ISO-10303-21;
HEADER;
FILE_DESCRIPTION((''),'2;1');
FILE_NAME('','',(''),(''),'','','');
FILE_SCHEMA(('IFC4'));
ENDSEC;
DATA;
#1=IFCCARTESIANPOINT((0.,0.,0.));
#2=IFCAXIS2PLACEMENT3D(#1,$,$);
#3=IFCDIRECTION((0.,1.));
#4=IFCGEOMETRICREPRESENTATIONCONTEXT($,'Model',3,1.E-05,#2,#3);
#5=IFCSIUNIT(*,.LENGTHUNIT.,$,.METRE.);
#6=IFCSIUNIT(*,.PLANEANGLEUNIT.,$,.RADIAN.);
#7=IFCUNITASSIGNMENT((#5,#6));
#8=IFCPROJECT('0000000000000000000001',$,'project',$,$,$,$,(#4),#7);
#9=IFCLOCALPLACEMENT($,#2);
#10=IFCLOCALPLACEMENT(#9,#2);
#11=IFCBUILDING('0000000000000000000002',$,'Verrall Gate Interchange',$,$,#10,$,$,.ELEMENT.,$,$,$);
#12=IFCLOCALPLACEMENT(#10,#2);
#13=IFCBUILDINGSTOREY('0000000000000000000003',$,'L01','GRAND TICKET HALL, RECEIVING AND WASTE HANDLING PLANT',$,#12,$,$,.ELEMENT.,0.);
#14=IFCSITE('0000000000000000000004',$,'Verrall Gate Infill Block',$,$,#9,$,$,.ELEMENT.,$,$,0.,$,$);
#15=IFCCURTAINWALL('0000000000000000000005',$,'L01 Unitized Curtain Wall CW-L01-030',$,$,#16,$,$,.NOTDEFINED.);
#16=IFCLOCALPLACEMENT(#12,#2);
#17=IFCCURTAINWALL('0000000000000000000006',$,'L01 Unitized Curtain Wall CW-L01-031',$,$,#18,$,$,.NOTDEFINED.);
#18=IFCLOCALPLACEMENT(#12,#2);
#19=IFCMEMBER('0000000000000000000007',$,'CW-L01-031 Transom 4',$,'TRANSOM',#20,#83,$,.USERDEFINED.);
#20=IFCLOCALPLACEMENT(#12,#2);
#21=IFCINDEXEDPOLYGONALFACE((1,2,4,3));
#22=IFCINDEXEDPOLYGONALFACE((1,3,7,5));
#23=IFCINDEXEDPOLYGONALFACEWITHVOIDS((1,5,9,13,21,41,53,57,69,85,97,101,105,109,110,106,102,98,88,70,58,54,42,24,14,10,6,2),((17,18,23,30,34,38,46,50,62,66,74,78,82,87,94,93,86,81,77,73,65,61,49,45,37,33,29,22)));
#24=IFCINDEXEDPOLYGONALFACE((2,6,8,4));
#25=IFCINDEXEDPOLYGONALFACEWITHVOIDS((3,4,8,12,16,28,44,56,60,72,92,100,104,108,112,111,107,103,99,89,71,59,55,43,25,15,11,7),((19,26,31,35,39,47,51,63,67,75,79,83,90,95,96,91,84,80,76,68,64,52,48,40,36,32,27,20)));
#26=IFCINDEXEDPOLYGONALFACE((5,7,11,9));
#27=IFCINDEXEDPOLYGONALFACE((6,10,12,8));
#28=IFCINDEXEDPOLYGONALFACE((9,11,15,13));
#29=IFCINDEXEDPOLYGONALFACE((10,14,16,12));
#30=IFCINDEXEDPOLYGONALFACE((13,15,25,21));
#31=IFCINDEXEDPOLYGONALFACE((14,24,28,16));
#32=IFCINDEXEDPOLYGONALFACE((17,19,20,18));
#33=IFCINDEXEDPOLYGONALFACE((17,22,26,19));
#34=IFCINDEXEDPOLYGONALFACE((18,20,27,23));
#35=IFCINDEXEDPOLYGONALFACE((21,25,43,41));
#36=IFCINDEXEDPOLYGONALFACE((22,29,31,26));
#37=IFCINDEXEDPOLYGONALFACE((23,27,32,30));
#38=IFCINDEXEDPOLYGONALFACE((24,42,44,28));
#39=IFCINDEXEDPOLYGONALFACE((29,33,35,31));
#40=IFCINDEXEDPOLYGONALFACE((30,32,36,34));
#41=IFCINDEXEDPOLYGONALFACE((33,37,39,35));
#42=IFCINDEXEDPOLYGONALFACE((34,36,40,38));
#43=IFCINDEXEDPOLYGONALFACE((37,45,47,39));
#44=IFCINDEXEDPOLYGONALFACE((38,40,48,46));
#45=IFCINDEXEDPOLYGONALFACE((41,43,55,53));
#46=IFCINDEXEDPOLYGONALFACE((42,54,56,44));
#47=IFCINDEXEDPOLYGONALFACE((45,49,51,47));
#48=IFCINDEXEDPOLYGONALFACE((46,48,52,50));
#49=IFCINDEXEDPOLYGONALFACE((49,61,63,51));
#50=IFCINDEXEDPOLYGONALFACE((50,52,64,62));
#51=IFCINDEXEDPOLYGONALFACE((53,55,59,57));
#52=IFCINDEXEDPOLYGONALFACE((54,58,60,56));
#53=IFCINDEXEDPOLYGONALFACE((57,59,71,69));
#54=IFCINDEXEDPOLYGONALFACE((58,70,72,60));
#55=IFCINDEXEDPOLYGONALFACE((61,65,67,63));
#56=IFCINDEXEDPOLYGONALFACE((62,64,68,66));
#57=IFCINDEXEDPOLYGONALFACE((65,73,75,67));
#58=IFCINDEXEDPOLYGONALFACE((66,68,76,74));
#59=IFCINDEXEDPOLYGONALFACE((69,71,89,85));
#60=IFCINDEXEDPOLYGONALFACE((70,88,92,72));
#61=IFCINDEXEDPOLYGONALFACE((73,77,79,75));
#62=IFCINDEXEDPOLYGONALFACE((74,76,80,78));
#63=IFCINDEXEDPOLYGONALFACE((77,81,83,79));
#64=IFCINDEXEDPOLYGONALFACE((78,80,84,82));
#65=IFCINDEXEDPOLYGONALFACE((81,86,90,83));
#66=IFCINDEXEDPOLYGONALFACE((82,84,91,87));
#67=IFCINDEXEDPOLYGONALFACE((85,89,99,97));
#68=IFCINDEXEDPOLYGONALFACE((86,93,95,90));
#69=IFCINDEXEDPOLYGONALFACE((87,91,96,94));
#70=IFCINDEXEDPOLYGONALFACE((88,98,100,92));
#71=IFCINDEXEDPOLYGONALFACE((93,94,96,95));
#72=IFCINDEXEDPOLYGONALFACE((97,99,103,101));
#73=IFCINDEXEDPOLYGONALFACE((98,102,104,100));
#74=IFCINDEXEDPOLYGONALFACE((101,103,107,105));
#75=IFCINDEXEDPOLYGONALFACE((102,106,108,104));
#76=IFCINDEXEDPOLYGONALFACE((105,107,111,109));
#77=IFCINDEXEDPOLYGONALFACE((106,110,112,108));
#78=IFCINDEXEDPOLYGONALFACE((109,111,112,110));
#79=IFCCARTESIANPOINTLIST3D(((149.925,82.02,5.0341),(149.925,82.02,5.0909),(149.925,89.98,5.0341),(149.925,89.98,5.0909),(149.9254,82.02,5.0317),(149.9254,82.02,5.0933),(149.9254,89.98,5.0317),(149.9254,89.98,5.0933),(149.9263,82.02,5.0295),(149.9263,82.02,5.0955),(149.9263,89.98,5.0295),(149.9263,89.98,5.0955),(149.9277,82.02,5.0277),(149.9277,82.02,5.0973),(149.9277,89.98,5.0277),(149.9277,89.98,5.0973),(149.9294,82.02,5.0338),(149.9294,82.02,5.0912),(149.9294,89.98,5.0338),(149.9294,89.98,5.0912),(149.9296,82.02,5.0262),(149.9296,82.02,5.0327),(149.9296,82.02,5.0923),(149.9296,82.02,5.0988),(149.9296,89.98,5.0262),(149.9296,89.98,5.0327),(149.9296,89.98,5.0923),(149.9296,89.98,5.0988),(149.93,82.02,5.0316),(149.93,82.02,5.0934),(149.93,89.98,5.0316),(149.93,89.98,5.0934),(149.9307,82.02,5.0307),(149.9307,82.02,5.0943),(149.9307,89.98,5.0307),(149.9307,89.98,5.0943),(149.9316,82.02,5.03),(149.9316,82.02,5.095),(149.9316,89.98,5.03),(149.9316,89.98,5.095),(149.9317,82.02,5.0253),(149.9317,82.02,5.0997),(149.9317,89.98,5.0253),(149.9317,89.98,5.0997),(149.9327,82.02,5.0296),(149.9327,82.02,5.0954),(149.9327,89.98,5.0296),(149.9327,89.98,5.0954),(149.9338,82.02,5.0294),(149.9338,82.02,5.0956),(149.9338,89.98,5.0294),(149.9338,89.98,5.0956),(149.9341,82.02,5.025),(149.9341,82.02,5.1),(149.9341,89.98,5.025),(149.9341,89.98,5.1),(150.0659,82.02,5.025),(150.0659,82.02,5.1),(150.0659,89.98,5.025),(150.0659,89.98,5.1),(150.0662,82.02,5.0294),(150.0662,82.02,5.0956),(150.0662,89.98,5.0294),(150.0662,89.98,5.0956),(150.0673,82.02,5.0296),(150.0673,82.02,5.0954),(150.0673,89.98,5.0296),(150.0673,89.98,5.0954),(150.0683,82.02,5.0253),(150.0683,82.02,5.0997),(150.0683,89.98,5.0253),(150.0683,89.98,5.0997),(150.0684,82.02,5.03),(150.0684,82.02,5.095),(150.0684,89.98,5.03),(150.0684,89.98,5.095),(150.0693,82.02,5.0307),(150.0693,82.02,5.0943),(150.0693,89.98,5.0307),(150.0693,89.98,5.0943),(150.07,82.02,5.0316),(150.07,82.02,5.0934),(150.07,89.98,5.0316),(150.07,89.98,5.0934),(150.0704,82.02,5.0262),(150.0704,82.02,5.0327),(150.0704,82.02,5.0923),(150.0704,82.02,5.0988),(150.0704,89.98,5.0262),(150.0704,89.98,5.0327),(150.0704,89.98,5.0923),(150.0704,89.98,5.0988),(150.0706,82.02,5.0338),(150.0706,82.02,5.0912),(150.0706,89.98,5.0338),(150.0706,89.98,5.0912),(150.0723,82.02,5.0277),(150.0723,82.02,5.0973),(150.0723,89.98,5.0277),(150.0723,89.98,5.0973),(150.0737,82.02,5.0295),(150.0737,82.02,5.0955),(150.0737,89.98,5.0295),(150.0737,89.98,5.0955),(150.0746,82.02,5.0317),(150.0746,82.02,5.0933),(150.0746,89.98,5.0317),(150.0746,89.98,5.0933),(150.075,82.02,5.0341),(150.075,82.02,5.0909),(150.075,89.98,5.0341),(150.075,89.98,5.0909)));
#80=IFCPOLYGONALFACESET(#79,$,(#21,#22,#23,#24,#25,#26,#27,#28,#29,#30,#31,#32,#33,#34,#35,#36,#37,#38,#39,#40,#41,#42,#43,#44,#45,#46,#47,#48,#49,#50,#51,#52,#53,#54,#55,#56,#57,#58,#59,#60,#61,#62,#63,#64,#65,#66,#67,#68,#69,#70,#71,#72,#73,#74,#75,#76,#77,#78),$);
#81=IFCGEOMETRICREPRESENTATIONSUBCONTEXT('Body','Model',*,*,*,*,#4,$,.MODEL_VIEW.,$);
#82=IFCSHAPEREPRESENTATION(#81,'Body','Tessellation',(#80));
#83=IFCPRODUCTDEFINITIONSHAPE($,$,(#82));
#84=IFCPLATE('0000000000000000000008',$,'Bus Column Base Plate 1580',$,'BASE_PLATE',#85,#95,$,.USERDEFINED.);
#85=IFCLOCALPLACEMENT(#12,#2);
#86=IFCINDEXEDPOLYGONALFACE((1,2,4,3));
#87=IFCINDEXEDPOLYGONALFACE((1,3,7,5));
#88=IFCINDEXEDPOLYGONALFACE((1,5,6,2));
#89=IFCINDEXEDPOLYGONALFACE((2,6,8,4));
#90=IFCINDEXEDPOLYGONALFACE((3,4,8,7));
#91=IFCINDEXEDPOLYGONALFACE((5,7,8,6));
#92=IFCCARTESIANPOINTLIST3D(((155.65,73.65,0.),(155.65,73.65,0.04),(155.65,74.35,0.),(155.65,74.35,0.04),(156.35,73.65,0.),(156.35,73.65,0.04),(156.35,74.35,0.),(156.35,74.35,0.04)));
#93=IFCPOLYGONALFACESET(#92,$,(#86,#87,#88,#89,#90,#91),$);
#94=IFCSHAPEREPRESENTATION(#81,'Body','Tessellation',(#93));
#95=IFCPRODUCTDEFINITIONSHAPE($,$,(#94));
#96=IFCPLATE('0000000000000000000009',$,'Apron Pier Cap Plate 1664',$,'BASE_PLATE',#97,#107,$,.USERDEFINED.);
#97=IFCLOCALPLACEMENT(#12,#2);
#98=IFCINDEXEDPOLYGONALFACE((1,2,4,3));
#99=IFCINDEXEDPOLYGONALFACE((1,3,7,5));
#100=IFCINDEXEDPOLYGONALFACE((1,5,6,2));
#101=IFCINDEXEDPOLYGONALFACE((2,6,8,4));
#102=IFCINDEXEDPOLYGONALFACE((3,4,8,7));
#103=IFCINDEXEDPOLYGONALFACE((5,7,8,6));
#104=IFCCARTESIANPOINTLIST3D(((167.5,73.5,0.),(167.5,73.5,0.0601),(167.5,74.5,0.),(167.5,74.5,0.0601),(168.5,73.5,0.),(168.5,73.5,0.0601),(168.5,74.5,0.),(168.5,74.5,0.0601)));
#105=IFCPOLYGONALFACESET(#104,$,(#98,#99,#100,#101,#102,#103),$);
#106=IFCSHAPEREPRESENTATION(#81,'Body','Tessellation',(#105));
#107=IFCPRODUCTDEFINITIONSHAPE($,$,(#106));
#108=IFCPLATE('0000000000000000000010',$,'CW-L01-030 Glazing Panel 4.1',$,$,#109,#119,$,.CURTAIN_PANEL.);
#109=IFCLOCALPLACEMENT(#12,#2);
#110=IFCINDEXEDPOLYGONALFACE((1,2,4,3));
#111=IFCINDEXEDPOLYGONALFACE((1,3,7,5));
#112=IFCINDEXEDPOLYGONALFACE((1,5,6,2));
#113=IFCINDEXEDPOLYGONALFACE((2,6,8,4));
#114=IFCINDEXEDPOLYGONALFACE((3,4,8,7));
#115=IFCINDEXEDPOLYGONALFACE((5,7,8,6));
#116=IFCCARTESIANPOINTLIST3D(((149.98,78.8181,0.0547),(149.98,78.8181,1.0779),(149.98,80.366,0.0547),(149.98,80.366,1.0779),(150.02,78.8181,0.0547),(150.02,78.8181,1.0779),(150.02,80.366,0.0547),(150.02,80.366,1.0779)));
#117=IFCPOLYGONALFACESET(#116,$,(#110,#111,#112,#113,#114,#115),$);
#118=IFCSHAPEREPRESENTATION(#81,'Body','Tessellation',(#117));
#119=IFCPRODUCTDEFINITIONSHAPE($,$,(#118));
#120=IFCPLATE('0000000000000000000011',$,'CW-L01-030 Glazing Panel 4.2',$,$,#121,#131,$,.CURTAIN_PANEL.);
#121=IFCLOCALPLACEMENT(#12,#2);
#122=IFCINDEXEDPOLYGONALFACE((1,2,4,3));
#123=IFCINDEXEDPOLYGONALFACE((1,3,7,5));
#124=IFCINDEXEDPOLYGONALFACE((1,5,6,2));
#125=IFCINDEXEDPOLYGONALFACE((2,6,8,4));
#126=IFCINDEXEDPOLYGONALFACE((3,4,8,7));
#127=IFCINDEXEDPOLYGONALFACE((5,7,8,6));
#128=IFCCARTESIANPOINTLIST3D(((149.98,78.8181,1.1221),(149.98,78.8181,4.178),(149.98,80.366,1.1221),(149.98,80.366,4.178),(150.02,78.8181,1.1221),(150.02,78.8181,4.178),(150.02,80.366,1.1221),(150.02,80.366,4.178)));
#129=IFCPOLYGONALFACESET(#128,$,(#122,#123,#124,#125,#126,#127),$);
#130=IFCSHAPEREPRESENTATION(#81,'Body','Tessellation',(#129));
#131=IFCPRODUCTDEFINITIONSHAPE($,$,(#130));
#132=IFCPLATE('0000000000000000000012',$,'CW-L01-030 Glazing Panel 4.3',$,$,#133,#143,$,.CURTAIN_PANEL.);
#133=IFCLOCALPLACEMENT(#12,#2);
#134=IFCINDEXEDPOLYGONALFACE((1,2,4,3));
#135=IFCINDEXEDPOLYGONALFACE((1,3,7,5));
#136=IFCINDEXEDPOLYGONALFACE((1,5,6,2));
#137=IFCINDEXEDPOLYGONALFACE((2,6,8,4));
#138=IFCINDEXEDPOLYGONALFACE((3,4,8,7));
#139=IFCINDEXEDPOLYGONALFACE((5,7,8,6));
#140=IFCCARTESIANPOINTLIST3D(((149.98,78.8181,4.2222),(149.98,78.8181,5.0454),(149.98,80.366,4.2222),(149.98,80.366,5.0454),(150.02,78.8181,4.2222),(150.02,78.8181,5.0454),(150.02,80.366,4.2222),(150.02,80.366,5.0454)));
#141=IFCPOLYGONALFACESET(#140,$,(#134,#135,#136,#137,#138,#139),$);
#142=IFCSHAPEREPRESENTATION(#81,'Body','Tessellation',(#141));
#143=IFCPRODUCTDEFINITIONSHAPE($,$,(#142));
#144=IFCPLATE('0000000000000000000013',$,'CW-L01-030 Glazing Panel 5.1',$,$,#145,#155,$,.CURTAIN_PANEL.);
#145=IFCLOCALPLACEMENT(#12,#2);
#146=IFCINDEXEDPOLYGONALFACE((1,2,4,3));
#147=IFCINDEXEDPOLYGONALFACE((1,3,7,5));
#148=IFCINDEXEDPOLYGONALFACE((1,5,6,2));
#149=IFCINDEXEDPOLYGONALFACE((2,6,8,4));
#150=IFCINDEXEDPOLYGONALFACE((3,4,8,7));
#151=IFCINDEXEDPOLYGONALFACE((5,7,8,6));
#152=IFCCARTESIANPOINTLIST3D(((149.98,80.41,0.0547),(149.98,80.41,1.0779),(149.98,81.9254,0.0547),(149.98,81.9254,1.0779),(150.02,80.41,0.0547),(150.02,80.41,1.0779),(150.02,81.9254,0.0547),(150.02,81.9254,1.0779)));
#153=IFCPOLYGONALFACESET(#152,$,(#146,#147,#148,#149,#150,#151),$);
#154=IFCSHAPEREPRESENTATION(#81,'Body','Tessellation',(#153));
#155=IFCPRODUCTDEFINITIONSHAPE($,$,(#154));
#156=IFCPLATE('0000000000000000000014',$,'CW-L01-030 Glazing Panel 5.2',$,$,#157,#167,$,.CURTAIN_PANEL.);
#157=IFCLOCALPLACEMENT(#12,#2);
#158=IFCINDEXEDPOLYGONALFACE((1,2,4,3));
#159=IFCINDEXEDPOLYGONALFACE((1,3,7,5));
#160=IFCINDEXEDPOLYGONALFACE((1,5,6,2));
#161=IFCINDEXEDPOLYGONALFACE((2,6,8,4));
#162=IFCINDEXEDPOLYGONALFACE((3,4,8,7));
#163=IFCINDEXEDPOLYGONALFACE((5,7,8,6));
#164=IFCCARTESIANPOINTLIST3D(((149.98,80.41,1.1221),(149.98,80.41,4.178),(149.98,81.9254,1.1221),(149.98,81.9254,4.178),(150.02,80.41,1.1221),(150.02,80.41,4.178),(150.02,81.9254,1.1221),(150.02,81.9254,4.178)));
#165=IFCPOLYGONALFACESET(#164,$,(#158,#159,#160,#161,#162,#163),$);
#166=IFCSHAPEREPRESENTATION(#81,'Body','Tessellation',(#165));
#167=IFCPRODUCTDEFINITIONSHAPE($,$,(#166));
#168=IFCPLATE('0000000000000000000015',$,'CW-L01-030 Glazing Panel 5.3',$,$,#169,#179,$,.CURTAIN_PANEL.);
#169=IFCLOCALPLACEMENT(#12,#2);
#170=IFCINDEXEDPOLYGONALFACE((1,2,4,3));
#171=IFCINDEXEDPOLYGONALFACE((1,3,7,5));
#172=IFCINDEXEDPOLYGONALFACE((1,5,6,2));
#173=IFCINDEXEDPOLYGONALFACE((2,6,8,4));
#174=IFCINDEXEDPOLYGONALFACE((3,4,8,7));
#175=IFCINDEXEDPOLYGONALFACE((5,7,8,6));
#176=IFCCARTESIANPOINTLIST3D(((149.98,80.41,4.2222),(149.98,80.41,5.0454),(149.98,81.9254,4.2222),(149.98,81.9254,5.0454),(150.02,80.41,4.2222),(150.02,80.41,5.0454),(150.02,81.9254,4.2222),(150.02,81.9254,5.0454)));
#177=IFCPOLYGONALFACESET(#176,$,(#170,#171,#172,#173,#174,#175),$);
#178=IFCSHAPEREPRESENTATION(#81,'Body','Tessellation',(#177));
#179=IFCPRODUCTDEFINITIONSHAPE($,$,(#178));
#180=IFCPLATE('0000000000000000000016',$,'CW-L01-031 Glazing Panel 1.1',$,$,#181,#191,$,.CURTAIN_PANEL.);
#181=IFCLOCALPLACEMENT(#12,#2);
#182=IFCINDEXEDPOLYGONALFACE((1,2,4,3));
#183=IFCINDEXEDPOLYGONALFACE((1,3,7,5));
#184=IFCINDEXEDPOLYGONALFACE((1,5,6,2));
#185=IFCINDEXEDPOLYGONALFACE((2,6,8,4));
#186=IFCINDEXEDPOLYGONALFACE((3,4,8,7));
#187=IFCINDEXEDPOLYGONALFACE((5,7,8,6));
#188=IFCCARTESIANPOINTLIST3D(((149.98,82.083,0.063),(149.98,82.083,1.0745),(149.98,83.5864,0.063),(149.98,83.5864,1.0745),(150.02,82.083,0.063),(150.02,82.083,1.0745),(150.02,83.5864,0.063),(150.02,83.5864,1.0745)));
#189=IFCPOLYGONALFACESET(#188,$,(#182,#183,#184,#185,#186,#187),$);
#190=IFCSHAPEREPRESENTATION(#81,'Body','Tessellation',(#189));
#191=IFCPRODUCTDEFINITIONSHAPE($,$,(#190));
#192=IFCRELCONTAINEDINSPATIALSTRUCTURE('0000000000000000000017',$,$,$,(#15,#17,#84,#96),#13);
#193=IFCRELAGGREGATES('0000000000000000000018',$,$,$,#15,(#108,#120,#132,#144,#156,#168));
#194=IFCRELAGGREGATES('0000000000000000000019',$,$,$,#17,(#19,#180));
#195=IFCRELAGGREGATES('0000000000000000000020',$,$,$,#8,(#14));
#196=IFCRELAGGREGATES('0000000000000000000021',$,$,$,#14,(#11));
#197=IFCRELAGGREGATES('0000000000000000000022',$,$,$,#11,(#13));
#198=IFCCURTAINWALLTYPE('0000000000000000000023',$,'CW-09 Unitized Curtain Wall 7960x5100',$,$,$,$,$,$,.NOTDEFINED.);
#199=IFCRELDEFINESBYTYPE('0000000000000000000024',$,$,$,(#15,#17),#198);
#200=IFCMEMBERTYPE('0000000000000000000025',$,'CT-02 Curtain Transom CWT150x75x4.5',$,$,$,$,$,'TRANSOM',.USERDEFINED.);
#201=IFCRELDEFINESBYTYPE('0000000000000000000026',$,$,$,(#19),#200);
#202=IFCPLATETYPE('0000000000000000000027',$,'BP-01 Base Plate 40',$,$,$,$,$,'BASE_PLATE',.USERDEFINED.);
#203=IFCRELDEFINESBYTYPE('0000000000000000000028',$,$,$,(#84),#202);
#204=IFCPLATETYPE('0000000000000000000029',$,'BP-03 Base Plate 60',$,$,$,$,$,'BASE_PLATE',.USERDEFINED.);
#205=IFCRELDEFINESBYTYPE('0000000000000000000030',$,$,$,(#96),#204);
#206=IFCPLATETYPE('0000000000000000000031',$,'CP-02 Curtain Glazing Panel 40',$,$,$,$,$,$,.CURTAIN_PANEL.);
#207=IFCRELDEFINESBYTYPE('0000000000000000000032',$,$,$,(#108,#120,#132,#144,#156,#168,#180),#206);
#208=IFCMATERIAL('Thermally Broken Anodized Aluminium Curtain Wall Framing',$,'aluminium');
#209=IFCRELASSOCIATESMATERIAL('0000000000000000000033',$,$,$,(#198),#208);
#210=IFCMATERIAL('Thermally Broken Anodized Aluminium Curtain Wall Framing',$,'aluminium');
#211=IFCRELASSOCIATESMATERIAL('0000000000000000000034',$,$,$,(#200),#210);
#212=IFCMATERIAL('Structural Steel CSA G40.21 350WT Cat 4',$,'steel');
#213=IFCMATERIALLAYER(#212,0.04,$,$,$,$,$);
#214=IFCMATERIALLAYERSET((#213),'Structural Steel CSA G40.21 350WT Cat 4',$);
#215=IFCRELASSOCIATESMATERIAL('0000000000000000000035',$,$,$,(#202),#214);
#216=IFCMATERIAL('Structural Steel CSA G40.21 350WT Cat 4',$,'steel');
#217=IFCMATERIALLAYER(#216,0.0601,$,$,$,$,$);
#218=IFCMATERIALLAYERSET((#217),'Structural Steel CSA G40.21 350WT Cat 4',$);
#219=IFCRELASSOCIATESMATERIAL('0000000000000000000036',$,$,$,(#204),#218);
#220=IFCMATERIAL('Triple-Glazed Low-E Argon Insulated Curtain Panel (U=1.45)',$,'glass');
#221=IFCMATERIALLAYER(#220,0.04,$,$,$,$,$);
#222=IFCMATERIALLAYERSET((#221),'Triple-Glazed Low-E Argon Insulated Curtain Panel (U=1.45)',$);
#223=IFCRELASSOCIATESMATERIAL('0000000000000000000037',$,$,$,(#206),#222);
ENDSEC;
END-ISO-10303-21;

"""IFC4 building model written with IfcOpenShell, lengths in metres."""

from ifc_helpers import new_model, si_unit, direction, frame, origin, origin_2d, place, context, subcontext, project, spatial, rectangle, hollow_rectangle, extrude, material, layer, layer_set, material_profile, profile_set, type_object, element, aggregate, save


model = new_model("IFC4")

# Units and contexts
model_context = context("Model", 3, precision=1e-05, world=origin(), true_north=direction((0.0, 1.0)))
body_context = subcontext(model_context, "Body", "Model", "MODEL_VIEW")
ifc_project = project(units=[si_unit("LENGTHUNIT", "METRE"), si_unit("PLANEANGLEUNIT", "RADIAN")], contexts=[model_context])

# Site, building, storey
site_placement = place(None, origin())
site = spatial("IfcSite", under=ifc_project, at=site_placement, Name="Verrall Gate Infill Block", CompositionType="ELEMENT", RefElevation=0.0)
building_placement = place(site_placement, origin())
building = spatial("IfcBuilding", under=site, at=building_placement, Name="Verrall Gate Interchange", CompositionType="ELEMENT")
storey_placement = place(building_placement, origin())
storey = spatial("IfcBuildingStorey", under=building, at=storey_placement, Name="L01", Description="GRAND TICKET HALL, RECEIVING AND WASTE HANDLING PLANT", CompositionType="ELEMENT", Elevation=0.0)

# Curtain walls, member
ifc_material_1 = material(Name="Thermally Broken Anodized Aluminium Curtain Wall Framing", Category="aluminium")
curtain_wall_type = type_object("IfcCurtainWallType", Name="CW-09 Unitized Curtain Wall 7960x5100", PredefinedType="NOTDEFINED", material=ifc_material_1)
curtain_wall_1_placement = place(storey_placement, origin())
curtain_wall_1 = element("IfcCurtainWall", 1, at=curtain_wall_1_placement, inside=storey, type_object=curtain_wall_type, Name="L01 Unitized Curtain Wall CW-L01-030", PredefinedType="NOTDEFINED")
curtain_wall_2_placement = place(storey_placement, origin())
curtain_wall_2 = element("IfcCurtainWall", 2, at=curtain_wall_2_placement, inside=storey, type_object=curtain_wall_type, Name="L01 Unitized Curtain Wall CW-L01-031", PredefinedType="NOTDEFINED")
ifc_material_2 = material(Name="Thermally Broken Anodized Aluminium Curtain Wall Framing", Category="aluminium")
ifc_material_profile_1 = material_profile(ifc_material_2, hollow_rectangle(XDim=0.1499, YDim=0.075, WallThickness=0.0044, InnerFilletRadius=0.0044, OuterFilletRadius=0.009, at=origin_2d()), Name="CWT150x75x4.5")
ifc_profile_set_1 = profile_set([ifc_material_profile_1], Name="Thermally Broken Anodized Aluminium Curtain Wall Framing")
member_type_1 = type_object("IfcMemberType", Name="CT-02 Curtain Transom CWT150x75x4.5", ElementType="TRANSOM", PredefinedType="USERDEFINED", material=ifc_profile_set_1)
member_1_placement = place(storey_placement, frame((150.0, 82.02, 5.0625), z_axis=(0.0, 1.0, 0.0), x_axis=(-1.0, 0.0, 0.0)))
member_1 = element("IfcMember", 3, at=member_1_placement, type_object=member_type_1, Name="CW-L01-031 Transom 4", ObjectType="TRANSOM", PredefinedType="USERDEFINED", context=body_context, shape_type="SweptSolid", body=[
    extrude(hollow_rectangle(XDim=0.1499, YDim=0.075, WallThickness=0.0044, InnerFilletRadius=0.0044, OuterFilletRadius=0.009, at=origin_2d()), origin(), (0.0, 0.0, 1.0), 7.96),
])

# Plates
ifc_material_3 = material(Name="Structural Steel CSA G40.21 350WT Cat 4", Category="steel")
ifc_layer_1 = layer(ifc_material_3, 0.04)
ifc_layer_set_1 = layer_set([ifc_layer_1], Name="Structural Steel CSA G40.21 350WT Cat 4")
plate_type_1 = type_object("IfcPlateType", Name="BP-01 Base Plate 40", ElementType="BASE_PLATE", PredefinedType="USERDEFINED", material=ifc_layer_set_1)
plate_1_placement = place(storey_placement, frame((156.0, 74.0, 0.0), z_axis=(0.0, 0.0, 1.0), x_axis=(1.0, 0.0, 0.0)))
element("IfcPlate", 4, at=plate_1_placement, inside=storey, type_object=plate_type_1, Name="Bus Column Base Plate 1580", ObjectType="BASE_PLATE", PredefinedType="USERDEFINED", context=body_context, shape_type="SweptSolid", body=[
    extrude(rectangle(XDim=0.7, YDim=0.7, at=origin_2d()), origin(), (0.0, 0.0, 1.0), 0.04),
])
ifc_material_4 = material(Name="Structural Steel CSA G40.21 350WT Cat 4", Category="steel")
ifc_layer_2 = layer(ifc_material_4, 0.0601)
ifc_layer_set_2 = layer_set([ifc_layer_2], Name="Structural Steel CSA G40.21 350WT Cat 4")
plate_type_2 = type_object("IfcPlateType", Name="BP-03 Base Plate 60", ElementType="BASE_PLATE", PredefinedType="USERDEFINED", material=ifc_layer_set_2)
plate_2_placement = place(storey_placement, frame((168.0, 74.0, 0.0), z_axis=(0.0, 0.0, 1.0), x_axis=(1.0, 0.0, 0.0)))
element("IfcPlate", 5, at=plate_2_placement, inside=storey, type_object=plate_type_2, Name="Apron Pier Cap Plate 1664", ObjectType="BASE_PLATE", PredefinedType="USERDEFINED", context=body_context, shape_type="SweptSolid", body=[
    extrude(rectangle(XDim=1.0, YDim=1.0, at=origin_2d()), origin(), (0.0, 0.0, 1.0), 0.0601),
])

# Plates
ifc_material_5 = material(Name="Triple-Glazed Low-E Argon Insulated Curtain Panel (U=1.45)", Category="glass")
ifc_layer_3 = layer(ifc_material_5, 0.04)
ifc_layer_set_3 = layer_set([ifc_layer_3], Name="Triple-Glazed Low-E Argon Insulated Curtain Panel (U=1.45)")
plate_type_3 = type_object("IfcPlateType", Name="CP-02 Curtain Glazing Panel 40", PredefinedType="CURTAIN_PANEL", material=ifc_layer_set_3)
plate_3_placement = place(storey_placement, frame((150.0, 79.592, 0.0547), z_axis=(0.0, 0.0, 1.0), x_axis=(0.0, 1.0, 0.0)))
plate_3 = element("IfcPlate", 6, at=plate_3_placement, type_object=plate_type_3, Name="CW-L01-030 Glazing Panel 4.1", PredefinedType="CURTAIN_PANEL", context=body_context, shape_type="SweptSolid", body=[
    extrude(rectangle(XDim=1.5479, YDim=0.04, at=origin_2d()), origin(), (0.0, 0.0, 1.0), 1.0232),
])
plate_4_placement = place(storey_placement, frame((150.0, 79.592, 1.1221), z_axis=(0.0, 0.0, 1.0), x_axis=(0.0, 1.0, 0.0)))
plate_4 = element("IfcPlate", 7, at=plate_4_placement, type_object=plate_type_3, Name="CW-L01-030 Glazing Panel 4.2", PredefinedType="CURTAIN_PANEL", context=body_context, shape_type="SweptSolid", body=[
    extrude(rectangle(XDim=1.5479, YDim=0.04, at=origin_2d()), origin(), (0.0, 0.0, 1.0), 3.0559),
])
plate_5_placement = place(storey_placement, frame((150.0, 79.592, 4.2222), z_axis=(0.0, 0.0, 1.0), x_axis=(0.0, 1.0, 0.0)))
plate_5 = element("IfcPlate", 8, at=plate_5_placement, type_object=plate_type_3, Name="CW-L01-030 Glazing Panel 4.3", PredefinedType="CURTAIN_PANEL", context=body_context, shape_type="SweptSolid", body=[
    extrude(rectangle(XDim=1.5479, YDim=0.04, at=origin_2d()), origin(), (0.0, 0.0, 1.0), 0.8232),
])
plate_6_placement = place(storey_placement, frame((150.0, 81.1677, 0.0547), z_axis=(0.0, 0.0, 1.0), x_axis=(0.0, 1.0, 0.0)))
plate_6 = element("IfcPlate", 9, at=plate_6_placement, type_object=plate_type_3, Name="CW-L01-030 Glazing Panel 5.1", PredefinedType="CURTAIN_PANEL", context=body_context, shape_type="SweptSolid", body=[
    extrude(rectangle(XDim=1.5154, YDim=0.04, at=origin_2d()), origin(), (0.0, 0.0, 1.0), 1.0232),
])
plate_7_placement = place(storey_placement, frame((150.0, 81.1677, 1.1221), z_axis=(0.0, 0.0, 1.0), x_axis=(0.0, 1.0, 0.0)))
plate_7 = element("IfcPlate", 10, at=plate_7_placement, type_object=plate_type_3, Name="CW-L01-030 Glazing Panel 5.2", PredefinedType="CURTAIN_PANEL", context=body_context, shape_type="SweptSolid", body=[
    extrude(rectangle(XDim=1.5154, YDim=0.04, at=origin_2d()), origin(), (0.0, 0.0, 1.0), 3.0559),
])
plate_8_placement = place(storey_placement, frame((150.0, 81.1677, 4.2222), z_axis=(0.0, 0.0, 1.0), x_axis=(0.0, 1.0, 0.0)))
plate_8 = element("IfcPlate", 11, at=plate_8_placement, type_object=plate_type_3, Name="CW-L01-030 Glazing Panel 5.3", PredefinedType="CURTAIN_PANEL", context=body_context, shape_type="SweptSolid", body=[
    extrude(rectangle(XDim=1.5154, YDim=0.04, at=origin_2d()), origin(), (0.0, 0.0, 1.0), 0.8232),
])
aggregate(curtain_wall_1, [plate_3, plate_4, plate_5, plate_6, plate_7, plate_8])
plate_9_placement = place(storey_placement, frame((150.0, 82.8347, 0.063), z_axis=(0.0, 0.0, 1.0), x_axis=(0.0, 1.0, 0.0)))
plate_9 = element("IfcPlate", 12, at=plate_9_placement, type_object=plate_type_3, Name="CW-L01-031 Glazing Panel 1.1", PredefinedType="CURTAIN_PANEL", context=body_context, shape_type="SweptSolid", body=[
    extrude(rectangle(XDim=1.5034, YDim=0.04, at=origin_2d()), origin(), (0.0, 0.0, 1.0), 1.0115),
])
aggregate(curtain_wall_2, [member_1, plate_9])

save(model, "model.ifc")
